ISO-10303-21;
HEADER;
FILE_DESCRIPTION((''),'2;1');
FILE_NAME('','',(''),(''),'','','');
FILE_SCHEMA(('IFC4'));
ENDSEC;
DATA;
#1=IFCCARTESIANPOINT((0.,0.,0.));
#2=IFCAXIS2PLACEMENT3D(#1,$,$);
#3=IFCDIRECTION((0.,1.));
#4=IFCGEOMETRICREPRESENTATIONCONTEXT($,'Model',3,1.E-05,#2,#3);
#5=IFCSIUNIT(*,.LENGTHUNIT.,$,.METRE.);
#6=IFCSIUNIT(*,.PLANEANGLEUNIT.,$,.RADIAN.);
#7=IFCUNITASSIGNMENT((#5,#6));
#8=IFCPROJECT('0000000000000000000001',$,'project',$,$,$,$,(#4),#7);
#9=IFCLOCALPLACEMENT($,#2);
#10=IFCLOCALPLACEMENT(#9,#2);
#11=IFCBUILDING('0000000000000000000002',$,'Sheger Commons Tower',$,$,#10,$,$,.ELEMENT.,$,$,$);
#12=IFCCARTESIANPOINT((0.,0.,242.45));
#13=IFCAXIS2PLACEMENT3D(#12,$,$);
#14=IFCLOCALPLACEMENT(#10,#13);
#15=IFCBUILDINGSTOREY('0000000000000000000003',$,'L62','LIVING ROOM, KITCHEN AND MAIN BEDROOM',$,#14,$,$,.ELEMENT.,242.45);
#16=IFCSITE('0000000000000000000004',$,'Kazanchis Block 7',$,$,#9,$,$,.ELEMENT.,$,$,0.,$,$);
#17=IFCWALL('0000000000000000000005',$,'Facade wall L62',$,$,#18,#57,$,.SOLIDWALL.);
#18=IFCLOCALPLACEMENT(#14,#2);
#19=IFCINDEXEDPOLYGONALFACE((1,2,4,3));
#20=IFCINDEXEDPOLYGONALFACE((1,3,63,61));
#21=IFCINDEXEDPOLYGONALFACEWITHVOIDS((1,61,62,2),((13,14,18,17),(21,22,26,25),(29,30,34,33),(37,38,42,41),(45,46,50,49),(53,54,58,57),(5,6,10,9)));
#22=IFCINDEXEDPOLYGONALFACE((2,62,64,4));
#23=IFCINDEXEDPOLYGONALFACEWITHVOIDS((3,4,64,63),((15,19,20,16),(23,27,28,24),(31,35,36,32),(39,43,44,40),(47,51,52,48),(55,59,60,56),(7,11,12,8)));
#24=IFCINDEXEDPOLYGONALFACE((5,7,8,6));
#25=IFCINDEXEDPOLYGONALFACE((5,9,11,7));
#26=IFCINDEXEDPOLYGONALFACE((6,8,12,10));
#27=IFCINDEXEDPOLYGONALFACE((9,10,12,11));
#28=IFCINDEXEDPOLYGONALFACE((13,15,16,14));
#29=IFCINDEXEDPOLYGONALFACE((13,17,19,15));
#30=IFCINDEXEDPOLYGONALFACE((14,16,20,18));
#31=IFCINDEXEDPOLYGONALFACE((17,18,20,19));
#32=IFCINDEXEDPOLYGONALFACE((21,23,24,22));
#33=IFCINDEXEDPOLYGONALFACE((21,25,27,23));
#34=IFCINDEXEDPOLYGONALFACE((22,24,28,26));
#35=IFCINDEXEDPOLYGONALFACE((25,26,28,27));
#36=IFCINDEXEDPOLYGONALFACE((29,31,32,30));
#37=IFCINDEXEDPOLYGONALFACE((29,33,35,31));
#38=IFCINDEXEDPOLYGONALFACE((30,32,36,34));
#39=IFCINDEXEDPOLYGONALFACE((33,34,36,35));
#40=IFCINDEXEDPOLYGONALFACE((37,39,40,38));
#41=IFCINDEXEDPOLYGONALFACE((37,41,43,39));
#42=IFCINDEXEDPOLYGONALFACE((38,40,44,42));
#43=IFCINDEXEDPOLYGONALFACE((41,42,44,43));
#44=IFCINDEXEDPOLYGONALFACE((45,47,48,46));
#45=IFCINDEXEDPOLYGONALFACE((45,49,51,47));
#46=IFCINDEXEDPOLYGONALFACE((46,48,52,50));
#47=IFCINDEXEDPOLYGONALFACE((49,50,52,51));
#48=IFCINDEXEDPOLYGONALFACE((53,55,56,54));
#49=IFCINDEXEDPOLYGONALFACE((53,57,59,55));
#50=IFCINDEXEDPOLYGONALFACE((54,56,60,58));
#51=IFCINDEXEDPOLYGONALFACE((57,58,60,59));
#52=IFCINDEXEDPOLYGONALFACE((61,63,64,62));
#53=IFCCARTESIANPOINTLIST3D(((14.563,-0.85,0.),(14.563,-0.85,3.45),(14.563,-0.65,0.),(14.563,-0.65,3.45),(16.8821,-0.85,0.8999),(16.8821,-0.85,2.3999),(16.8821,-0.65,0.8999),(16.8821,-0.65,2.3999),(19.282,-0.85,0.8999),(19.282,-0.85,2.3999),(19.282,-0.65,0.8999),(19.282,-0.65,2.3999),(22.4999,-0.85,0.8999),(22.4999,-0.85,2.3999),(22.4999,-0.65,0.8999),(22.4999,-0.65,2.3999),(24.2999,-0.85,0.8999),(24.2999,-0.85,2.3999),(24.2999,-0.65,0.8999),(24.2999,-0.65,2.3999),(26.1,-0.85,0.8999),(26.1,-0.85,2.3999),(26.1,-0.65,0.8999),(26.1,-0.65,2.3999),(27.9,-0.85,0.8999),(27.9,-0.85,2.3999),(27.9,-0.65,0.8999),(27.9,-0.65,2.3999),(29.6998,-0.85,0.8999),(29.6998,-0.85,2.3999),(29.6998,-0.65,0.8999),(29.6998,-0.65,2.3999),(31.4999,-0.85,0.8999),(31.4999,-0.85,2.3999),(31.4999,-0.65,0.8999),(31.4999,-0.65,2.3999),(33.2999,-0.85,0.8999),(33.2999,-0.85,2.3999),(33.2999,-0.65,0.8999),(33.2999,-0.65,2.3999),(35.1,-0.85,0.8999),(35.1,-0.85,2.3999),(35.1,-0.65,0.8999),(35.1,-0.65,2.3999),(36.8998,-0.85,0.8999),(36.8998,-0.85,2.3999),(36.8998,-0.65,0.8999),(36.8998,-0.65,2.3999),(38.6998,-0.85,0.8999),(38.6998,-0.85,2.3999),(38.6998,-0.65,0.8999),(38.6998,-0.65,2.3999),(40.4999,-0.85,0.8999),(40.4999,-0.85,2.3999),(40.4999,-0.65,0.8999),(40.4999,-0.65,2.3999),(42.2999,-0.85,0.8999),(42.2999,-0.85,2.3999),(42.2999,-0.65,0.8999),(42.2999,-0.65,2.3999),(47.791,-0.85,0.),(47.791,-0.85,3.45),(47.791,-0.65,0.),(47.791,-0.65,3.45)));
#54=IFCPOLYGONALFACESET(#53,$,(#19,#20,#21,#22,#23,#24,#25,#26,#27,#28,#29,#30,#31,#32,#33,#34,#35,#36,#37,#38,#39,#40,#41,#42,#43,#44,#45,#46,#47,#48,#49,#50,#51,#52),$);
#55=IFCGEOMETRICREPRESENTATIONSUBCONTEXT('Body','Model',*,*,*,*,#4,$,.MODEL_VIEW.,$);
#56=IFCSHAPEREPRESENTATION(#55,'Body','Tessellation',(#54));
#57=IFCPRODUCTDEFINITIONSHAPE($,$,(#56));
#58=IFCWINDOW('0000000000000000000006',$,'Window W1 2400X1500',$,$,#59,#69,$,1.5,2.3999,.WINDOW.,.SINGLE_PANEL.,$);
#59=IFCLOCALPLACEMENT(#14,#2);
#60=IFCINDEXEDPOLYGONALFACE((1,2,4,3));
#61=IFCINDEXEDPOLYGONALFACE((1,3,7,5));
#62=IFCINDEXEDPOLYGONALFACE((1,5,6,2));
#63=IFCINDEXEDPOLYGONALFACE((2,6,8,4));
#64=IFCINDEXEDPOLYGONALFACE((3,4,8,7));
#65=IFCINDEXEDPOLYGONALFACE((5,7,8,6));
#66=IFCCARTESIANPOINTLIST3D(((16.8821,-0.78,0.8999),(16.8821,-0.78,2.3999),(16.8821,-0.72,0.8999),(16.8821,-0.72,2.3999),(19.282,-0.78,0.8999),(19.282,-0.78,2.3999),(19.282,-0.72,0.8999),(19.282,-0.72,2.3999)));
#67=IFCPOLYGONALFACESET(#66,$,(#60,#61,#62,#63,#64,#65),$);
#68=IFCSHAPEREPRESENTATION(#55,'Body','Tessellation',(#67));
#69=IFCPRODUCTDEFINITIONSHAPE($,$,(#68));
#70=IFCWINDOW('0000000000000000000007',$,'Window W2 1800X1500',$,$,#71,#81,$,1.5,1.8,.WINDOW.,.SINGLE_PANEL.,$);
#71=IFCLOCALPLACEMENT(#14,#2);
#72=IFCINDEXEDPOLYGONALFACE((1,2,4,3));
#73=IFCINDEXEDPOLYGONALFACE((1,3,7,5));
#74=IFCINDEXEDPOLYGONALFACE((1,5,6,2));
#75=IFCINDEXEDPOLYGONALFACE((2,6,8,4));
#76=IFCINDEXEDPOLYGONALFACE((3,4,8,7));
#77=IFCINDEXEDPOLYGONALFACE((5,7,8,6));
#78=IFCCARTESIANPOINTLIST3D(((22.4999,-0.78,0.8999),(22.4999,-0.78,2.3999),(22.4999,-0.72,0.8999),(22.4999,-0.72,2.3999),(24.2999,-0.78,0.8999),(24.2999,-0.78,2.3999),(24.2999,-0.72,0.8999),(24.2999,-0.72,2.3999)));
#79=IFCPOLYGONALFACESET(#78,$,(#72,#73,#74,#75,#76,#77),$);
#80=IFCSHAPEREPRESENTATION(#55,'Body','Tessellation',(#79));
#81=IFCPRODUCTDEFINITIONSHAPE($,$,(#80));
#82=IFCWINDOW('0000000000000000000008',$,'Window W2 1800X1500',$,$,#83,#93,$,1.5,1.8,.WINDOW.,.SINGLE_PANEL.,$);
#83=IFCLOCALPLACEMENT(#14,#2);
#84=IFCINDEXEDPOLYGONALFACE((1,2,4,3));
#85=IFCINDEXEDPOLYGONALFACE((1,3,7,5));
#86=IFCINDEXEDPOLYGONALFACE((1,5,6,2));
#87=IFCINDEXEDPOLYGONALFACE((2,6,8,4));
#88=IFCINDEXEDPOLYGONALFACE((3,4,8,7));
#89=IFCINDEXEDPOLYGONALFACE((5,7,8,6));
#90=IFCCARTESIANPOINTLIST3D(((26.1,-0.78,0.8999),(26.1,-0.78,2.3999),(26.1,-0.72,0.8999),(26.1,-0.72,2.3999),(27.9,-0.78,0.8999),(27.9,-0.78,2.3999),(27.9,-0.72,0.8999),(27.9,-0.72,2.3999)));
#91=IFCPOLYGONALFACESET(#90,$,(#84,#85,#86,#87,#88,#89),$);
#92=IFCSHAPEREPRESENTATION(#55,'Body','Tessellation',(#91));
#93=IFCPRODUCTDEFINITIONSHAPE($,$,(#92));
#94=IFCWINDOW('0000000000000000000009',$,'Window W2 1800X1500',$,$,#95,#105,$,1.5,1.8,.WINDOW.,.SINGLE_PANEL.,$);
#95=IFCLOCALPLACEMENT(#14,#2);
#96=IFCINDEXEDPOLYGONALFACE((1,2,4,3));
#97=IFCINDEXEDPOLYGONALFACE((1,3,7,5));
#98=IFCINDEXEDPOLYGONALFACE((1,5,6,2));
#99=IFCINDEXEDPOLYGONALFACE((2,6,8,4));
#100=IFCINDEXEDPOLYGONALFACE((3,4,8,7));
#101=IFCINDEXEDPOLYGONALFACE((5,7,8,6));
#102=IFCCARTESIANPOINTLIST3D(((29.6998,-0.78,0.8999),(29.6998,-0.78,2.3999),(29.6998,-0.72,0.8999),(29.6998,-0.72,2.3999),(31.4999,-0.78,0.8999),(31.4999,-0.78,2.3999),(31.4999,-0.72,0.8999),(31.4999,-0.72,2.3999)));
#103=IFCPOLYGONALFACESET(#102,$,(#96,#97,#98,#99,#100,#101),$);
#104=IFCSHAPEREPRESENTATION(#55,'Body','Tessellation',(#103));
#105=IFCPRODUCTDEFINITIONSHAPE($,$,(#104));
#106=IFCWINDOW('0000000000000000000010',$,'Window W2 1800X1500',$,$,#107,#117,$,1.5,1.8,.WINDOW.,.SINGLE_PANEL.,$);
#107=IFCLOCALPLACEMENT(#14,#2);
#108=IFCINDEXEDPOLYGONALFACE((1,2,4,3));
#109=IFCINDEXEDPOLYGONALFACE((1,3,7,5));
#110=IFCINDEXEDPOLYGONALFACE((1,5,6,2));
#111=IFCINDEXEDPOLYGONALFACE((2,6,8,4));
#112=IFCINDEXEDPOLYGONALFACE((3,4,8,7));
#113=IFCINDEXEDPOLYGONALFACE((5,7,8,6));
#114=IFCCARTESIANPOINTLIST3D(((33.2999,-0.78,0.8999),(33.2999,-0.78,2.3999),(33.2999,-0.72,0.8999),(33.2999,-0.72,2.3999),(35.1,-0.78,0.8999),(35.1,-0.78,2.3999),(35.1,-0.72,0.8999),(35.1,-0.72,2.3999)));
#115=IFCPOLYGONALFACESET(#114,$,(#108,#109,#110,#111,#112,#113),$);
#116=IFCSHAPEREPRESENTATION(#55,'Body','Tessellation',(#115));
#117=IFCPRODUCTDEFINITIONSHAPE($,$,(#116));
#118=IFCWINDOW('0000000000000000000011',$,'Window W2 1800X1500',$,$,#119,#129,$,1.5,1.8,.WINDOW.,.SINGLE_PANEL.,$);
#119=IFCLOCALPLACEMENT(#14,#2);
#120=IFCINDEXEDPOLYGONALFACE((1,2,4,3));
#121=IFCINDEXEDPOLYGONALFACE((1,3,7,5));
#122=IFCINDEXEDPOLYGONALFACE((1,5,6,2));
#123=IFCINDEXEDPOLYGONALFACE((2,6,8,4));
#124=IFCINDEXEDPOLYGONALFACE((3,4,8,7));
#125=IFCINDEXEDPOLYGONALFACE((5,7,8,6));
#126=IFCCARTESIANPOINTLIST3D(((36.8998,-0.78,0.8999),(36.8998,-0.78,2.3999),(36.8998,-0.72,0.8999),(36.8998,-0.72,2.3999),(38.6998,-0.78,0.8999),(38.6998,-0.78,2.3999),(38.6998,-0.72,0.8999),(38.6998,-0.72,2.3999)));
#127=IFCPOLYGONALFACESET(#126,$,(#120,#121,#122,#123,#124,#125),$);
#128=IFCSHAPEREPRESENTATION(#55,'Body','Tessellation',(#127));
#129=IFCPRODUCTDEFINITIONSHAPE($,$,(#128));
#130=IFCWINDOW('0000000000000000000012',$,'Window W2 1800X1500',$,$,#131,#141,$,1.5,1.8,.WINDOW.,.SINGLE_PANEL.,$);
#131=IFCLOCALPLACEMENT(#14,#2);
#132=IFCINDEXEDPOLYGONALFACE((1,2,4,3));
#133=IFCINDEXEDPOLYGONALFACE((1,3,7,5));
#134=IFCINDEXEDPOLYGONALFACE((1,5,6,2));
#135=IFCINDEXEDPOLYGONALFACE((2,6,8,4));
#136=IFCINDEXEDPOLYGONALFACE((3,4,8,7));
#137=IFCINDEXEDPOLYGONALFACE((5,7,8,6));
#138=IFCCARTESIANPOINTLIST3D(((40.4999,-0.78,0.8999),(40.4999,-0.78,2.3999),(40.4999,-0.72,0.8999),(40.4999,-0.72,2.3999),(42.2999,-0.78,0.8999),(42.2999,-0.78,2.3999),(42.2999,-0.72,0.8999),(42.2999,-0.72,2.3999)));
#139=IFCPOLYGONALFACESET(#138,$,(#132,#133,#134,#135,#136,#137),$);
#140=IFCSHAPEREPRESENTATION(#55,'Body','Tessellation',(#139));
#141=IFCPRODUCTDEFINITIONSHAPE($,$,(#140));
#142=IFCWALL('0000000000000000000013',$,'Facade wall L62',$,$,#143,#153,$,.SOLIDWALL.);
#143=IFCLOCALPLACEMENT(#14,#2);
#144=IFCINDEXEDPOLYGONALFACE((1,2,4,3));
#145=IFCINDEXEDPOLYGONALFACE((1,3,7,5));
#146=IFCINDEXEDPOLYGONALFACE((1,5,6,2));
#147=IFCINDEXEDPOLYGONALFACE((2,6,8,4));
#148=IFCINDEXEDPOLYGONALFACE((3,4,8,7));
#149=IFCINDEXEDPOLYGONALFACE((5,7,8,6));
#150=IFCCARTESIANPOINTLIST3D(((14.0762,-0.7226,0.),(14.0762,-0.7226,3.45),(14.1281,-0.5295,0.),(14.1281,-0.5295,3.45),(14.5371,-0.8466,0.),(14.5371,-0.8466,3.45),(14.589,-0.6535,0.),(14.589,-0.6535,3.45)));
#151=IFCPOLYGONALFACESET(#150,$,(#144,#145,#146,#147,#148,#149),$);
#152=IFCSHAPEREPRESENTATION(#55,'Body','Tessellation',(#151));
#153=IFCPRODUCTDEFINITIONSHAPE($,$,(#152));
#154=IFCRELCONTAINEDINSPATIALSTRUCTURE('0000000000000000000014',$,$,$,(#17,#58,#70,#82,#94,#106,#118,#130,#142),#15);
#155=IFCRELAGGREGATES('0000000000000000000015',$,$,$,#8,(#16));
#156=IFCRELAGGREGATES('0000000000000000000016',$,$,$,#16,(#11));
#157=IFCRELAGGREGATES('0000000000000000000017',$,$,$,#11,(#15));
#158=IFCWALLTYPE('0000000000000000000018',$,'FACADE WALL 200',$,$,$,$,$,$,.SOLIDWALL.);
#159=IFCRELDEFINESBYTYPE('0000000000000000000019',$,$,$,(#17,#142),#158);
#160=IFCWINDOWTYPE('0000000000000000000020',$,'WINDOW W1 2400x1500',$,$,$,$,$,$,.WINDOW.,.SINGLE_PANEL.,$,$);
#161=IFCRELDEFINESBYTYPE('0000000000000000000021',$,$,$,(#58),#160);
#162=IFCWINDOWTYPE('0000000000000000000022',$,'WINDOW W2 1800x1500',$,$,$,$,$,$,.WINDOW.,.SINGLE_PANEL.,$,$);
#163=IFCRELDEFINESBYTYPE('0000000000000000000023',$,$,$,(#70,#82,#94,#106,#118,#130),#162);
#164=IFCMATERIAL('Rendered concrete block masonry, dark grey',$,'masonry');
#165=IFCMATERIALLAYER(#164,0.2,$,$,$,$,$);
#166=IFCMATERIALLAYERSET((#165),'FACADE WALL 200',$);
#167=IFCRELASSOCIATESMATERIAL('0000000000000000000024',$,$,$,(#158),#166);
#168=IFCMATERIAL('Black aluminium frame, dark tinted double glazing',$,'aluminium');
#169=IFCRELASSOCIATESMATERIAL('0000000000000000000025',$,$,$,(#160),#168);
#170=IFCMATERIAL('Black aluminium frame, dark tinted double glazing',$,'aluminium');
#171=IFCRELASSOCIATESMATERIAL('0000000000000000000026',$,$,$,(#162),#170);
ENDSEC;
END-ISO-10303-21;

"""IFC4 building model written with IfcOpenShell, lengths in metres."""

from ifc_helpers import new_model, si_unit, direction, frame, frame_2d, origin, place, context, subcontext, project, spatial, rectangle, extrude, material, layer, layer_set, type_object, element, fill, save


model = new_model("IFC4")

# Units and contexts
model_context = context("Model", 3, precision=1e-05, world=origin(), true_north=direction((0.0, 1.0)))
body_context = subcontext(model_context, "Body", "Model", "MODEL_VIEW")
ifc_project = project(units=[si_unit("LENGTHUNIT", "METRE"), si_unit("PLANEANGLEUNIT", "RADIAN")], contexts=[model_context])

# Site, building, storey
site_placement = place(None, origin())
site = spatial("IfcSite", under=ifc_project, at=site_placement, Name="Kazanchis Block 7", CompositionType="ELEMENT", RefElevation=0.0)
building_placement = place(site_placement, origin())
building = spatial("IfcBuilding", under=site, at=building_placement, Name="Sheger Commons Tower", CompositionType="ELEMENT")
storey_placement = place(building_placement, frame((0.0, 0.0, 242.45)))
storey = spatial("IfcBuildingStorey", under=building, at=storey_placement, Name="L62", Description="LIVING ROOM, KITCHEN AND MAIN BEDROOM", CompositionType="ELEMENT", Elevation=242.45)

# Wall, openings, windows
ifc_material_1 = material(Name="Rendered concrete block masonry, dark grey", Category="masonry")
ifc_layer_1 = layer(ifc_material_1, 0.2)
ifc_layer_set_1 = layer_set([ifc_layer_1], Name="FACADE WALL 200")
wall_type_1 = type_object("IfcWallType", Name="FACADE WALL 200", PredefinedType="SOLIDWALL", material=ifc_layer_set_1)
wall_1_placement = place(storey_placement, frame((14.563, -0.75, 0.0), z_axis=(0.0, 0.0, 1.0), x_axis=(1.0, 0.0, 0.0)))
wall_1 = element("IfcWall", 1, at=wall_1_placement, inside=storey, type_object=wall_type_1, Name="Facade wall L62", PredefinedType="SOLIDWALL", context=body_context, shape_type="SweptSolid", body=[
    extrude(rectangle(XDim=33.228, YDim=0.2, at=frame_2d((16.614, 0.0))), origin(), (0.0, 0.0, 1.0), 3.45),
])
opening_1_placement = place(wall_1_placement, frame((2.3191, 0.0, 0.8999)))
opening_1 = element("IfcOpeningElement", 2, at=opening_1_placement, cuts=wall_1, PredefinedType="OPENING", context=body_context, shape_type="SweptSolid", body=[
    extrude(rectangle(XDim=2.3999, YDim=1.5, at=frame_2d((1.2, 0.75))), frame((0.0, 0.1099, 0.0), z_axis=(0.0, -1.0, 0.0), x_axis=(1.0, 0.0, 0.0)), (0.0, 0.0, 1.0), 0.22),
])
opening_2_placement = place(wall_1_placement, frame((7.937, 0.0, 0.8999)))
opening_2 = element("IfcOpeningElement", 3, at=opening_2_placement, cuts=wall_1, PredefinedType="OPENING", context=body_context, shape_type="SweptSolid", body=[
    extrude(rectangle(XDim=1.8, YDim=1.5, at=frame_2d((0.8999, 0.75))), frame((0.0, 0.1099, 0.0), z_axis=(0.0, -1.0, 0.0), x_axis=(1.0, 0.0, 0.0)), (0.0, 0.0, 1.0), 0.22),
])
opening_3_placement = place(wall_1_placement, frame((11.5371, 0.0, 0.8999)))
opening_3 = element("IfcOpeningElement", 4, at=opening_3_placement, cuts=wall_1, PredefinedType="OPENING", context=body_context, shape_type="SweptSolid", body=[
    extrude(rectangle(XDim=1.8, YDim=1.5, at=frame_2d((0.8999, 0.75))), frame((0.0, 0.1099, 0.0), z_axis=(0.0, -1.0, 0.0), x_axis=(1.0, 0.0, 0.0)), (0.0, 0.0, 1.0), 0.22),
])
opening_4_placement = place(wall_1_placement, frame((15.137, 0.0, 0.8999)))
opening_4 = element("IfcOpeningElement", 5, at=opening_4_placement, cuts=wall_1, PredefinedType="OPENING", context=body_context, shape_type="SweptSolid", body=[
    extrude(rectangle(XDim=1.8, YDim=1.5, at=frame_2d((0.8999, 0.75))), frame((0.0, 0.1099, 0.0), z_axis=(0.0, -1.0, 0.0), x_axis=(1.0, 0.0, 0.0)), (0.0, 0.0, 1.0), 0.22),
])
opening_5_placement = place(wall_1_placement, frame((18.7371, 0.0, 0.8999)))
opening_5 = element("IfcOpeningElement", 6, at=opening_5_placement, cuts=wall_1, PredefinedType="OPENING", context=body_context, shape_type="SweptSolid", body=[
    extrude(rectangle(XDim=1.8, YDim=1.5, at=frame_2d((0.8999, 0.75))), frame((0.0, 0.1099, 0.0), z_axis=(0.0, -1.0, 0.0), x_axis=(1.0, 0.0, 0.0)), (0.0, 0.0, 1.0), 0.22),
])
opening_6_placement = place(wall_1_placement, frame((22.3369, 0.0, 0.8999)))
opening_6 = element("IfcOpeningElement", 7, at=opening_6_placement, cuts=wall_1, PredefinedType="OPENING", context=body_context, shape_type="SweptSolid", body=[
    extrude(rectangle(XDim=1.8, YDim=1.5, at=frame_2d((0.8999, 0.75))), frame((0.0, 0.1099, 0.0), z_axis=(0.0, -1.0, 0.0), x_axis=(1.0, 0.0, 0.0)), (0.0, 0.0, 1.0), 0.22),
])
opening_7_placement = place(wall_1_placement, frame((25.937, 0.0, 0.8999)))
opening_7 = element("IfcOpeningElement", 8, at=opening_7_placement, cuts=wall_1, PredefinedType="OPENING", context=body_context, shape_type="SweptSolid", body=[
    extrude(rectangle(XDim=1.8, YDim=1.5, at=frame_2d((0.8999, 0.75))), frame((0.0, 0.1099, 0.0), z_axis=(0.0, -1.0, 0.0), x_axis=(1.0, 0.0, 0.0)), (0.0, 0.0, 1.0), 0.22),
])
ifc_material_2 = material(Name="Black aluminium frame, dark tinted double glazing", Category="aluminium")
window_type_1 = type_object("IfcWindowType", Name="WINDOW W1 2400x1500", PartitioningType="SINGLE_PANEL", PredefinedType="WINDOW", material=ifc_material_2)
window_1_placement = place(opening_1_placement, origin())
window_1 = element("IfcWindow", 9, at=window_1_placement, inside=storey, type_object=window_type_1, Name="Window W1 2400X1500", OverallHeight=1.5, OverallWidth=2.3999, PartitioningType="SINGLE_PANEL", PredefinedType="WINDOW", context=body_context, shape_type="SweptSolid", body=[
    extrude(rectangle(XDim=2.3999, YDim=1.5, at=frame_2d((1.2, 0.75))), frame((0.0, 0.03, 0.0), z_axis=(0.0, -1.0, 0.0), x_axis=(1.0, 0.0, 0.0)), (0.0, 0.0, 1.0), 0.0601),
])
fill(opening_1, window_1)
ifc_material_3 = material(Name="Black aluminium frame, dark tinted double glazing", Category="aluminium")
window_type_2 = type_object("IfcWindowType", Name="WINDOW W2 1800x1500", PartitioningType="SINGLE_PANEL", PredefinedType="WINDOW", material=ifc_material_3)
window_2_placement = place(opening_2_placement, origin())
window_2 = element("IfcWindow", 10, at=window_2_placement, inside=storey, type_object=window_type_2, Name="Window W2 1800X1500", OverallHeight=1.5, OverallWidth=1.8, PartitioningType="SINGLE_PANEL", PredefinedType="WINDOW", context=body_context, shape_type="SweptSolid", body=[
    extrude(rectangle(XDim=1.8, YDim=1.5, at=frame_2d((0.8999, 0.75))), frame((0.0, 0.03, 0.0), z_axis=(0.0, -1.0, 0.0), x_axis=(1.0, 0.0, 0.0)), (0.0, 0.0, 1.0), 0.0601),
])
fill(opening_2, window_2)
window_3_placement = place(opening_3_placement, origin())
window_3 = element("IfcWindow", 11, at=window_3_placement, inside=storey, type_object=window_type_2, Name="Window W2 1800X1500", OverallHeight=1.5, OverallWidth=1.8, PartitioningType="SINGLE_PANEL", PredefinedType="WINDOW", context=body_context, shape_type="SweptSolid", body=[
    extrude(rectangle(XDim=1.8, YDim=1.5, at=frame_2d((0.8999, 0.75))), frame((0.0, 0.03, 0.0), z_axis=(0.0, -1.0, 0.0), x_axis=(1.0, 0.0, 0.0)), (0.0, 0.0, 1.0), 0.0601),
])
fill(opening_3, window_3)
window_4_placement = place(opening_4_placement, origin())
window_4 = element("IfcWindow", 12, at=window_4_placement, inside=storey, type_object=window_type_2, Name="Window W2 1800X1500", OverallHeight=1.5, OverallWidth=1.8, PartitioningType="SINGLE_PANEL", PredefinedType="WINDOW", context=body_context, shape_type="SweptSolid", body=[
    extrude(rectangle(XDim=1.8, YDim=1.5, at=frame_2d((0.8999, 0.75))), frame((0.0, 0.03, 0.0), z_axis=(0.0, -1.0, 0.0), x_axis=(1.0, 0.0, 0.0)), (0.0, 0.0, 1.0), 0.0601),
])
fill(opening_4, window_4)
window_5_placement = place(opening_5_placement, origin())
window_5 = element("IfcWindow", 13, at=window_5_placement, inside=storey, type_object=window_type_2, Name="Window W2 1800X1500", OverallHeight=1.5, OverallWidth=1.8, PartitioningType="SINGLE_PANEL", PredefinedType="WINDOW", context=body_context, shape_type="SweptSolid", body=[
    extrude(rectangle(XDim=1.8, YDim=1.5, at=frame_2d((0.8999, 0.75))), frame((0.0, 0.03, 0.0), z_axis=(0.0, -1.0, 0.0), x_axis=(1.0, 0.0, 0.0)), (0.0, 0.0, 1.0), 0.0601),
])
fill(opening_5, window_5)
window_6_placement = place(opening_6_placement, origin())
window_6 = element("IfcWindow", 14, at=window_6_placement, inside=storey, type_object=window_type_2, Name="Window W2 1800X1500", OverallHeight=1.5, OverallWidth=1.8, PartitioningType="SINGLE_PANEL", PredefinedType="WINDOW", context=body_context, shape_type="SweptSolid", body=[
    extrude(rectangle(XDim=1.8, YDim=1.5, at=frame_2d((0.8999, 0.75))), frame((0.0, 0.03, 0.0), z_axis=(0.0, -1.0, 0.0), x_axis=(1.0, 0.0, 0.0)), (0.0, 0.0, 1.0), 0.0601),
])
fill(opening_6, window_6)
window_7_placement = place(opening_7_placement, origin())
window_7 = element("IfcWindow", 15, at=window_7_placement, inside=storey, type_object=window_type_2, Name="Window W2 1800X1500", OverallHeight=1.5, OverallWidth=1.8, PartitioningType="SINGLE_PANEL", PredefinedType="WINDOW", context=body_context, shape_type="SweptSolid", body=[
    extrude(rectangle(XDim=1.8, YDim=1.5, at=frame_2d((0.8999, 0.75))), frame((0.0, 0.03, 0.0), z_axis=(0.0, -1.0, 0.0), x_axis=(1.0, 0.0, 0.0)), (0.0, 0.0, 1.0), 0.0601),
])
fill(opening_7, window_7)

# Wall
wall_2_placement = place(storey_placement, frame((14.1021, -0.626, 0.0), z_axis=(0.0, 0.0, 1.0), x_axis=(0.965655, -0.259827, 0.0)))
element("IfcWall", 16, at=wall_2_placement, inside=storey, type_object=wall_type_1, Name="Facade wall L62", PredefinedType="SOLIDWALL", context=body_context, shape_type="SweptSolid", body=[
    extrude(rectangle(XDim=0.4773, YDim=0.2, at=frame_2d((0.2388, 0.0))), origin(), (0.0, 0.0, 1.0), 3.45),
])

save(model, "model.ifc")
